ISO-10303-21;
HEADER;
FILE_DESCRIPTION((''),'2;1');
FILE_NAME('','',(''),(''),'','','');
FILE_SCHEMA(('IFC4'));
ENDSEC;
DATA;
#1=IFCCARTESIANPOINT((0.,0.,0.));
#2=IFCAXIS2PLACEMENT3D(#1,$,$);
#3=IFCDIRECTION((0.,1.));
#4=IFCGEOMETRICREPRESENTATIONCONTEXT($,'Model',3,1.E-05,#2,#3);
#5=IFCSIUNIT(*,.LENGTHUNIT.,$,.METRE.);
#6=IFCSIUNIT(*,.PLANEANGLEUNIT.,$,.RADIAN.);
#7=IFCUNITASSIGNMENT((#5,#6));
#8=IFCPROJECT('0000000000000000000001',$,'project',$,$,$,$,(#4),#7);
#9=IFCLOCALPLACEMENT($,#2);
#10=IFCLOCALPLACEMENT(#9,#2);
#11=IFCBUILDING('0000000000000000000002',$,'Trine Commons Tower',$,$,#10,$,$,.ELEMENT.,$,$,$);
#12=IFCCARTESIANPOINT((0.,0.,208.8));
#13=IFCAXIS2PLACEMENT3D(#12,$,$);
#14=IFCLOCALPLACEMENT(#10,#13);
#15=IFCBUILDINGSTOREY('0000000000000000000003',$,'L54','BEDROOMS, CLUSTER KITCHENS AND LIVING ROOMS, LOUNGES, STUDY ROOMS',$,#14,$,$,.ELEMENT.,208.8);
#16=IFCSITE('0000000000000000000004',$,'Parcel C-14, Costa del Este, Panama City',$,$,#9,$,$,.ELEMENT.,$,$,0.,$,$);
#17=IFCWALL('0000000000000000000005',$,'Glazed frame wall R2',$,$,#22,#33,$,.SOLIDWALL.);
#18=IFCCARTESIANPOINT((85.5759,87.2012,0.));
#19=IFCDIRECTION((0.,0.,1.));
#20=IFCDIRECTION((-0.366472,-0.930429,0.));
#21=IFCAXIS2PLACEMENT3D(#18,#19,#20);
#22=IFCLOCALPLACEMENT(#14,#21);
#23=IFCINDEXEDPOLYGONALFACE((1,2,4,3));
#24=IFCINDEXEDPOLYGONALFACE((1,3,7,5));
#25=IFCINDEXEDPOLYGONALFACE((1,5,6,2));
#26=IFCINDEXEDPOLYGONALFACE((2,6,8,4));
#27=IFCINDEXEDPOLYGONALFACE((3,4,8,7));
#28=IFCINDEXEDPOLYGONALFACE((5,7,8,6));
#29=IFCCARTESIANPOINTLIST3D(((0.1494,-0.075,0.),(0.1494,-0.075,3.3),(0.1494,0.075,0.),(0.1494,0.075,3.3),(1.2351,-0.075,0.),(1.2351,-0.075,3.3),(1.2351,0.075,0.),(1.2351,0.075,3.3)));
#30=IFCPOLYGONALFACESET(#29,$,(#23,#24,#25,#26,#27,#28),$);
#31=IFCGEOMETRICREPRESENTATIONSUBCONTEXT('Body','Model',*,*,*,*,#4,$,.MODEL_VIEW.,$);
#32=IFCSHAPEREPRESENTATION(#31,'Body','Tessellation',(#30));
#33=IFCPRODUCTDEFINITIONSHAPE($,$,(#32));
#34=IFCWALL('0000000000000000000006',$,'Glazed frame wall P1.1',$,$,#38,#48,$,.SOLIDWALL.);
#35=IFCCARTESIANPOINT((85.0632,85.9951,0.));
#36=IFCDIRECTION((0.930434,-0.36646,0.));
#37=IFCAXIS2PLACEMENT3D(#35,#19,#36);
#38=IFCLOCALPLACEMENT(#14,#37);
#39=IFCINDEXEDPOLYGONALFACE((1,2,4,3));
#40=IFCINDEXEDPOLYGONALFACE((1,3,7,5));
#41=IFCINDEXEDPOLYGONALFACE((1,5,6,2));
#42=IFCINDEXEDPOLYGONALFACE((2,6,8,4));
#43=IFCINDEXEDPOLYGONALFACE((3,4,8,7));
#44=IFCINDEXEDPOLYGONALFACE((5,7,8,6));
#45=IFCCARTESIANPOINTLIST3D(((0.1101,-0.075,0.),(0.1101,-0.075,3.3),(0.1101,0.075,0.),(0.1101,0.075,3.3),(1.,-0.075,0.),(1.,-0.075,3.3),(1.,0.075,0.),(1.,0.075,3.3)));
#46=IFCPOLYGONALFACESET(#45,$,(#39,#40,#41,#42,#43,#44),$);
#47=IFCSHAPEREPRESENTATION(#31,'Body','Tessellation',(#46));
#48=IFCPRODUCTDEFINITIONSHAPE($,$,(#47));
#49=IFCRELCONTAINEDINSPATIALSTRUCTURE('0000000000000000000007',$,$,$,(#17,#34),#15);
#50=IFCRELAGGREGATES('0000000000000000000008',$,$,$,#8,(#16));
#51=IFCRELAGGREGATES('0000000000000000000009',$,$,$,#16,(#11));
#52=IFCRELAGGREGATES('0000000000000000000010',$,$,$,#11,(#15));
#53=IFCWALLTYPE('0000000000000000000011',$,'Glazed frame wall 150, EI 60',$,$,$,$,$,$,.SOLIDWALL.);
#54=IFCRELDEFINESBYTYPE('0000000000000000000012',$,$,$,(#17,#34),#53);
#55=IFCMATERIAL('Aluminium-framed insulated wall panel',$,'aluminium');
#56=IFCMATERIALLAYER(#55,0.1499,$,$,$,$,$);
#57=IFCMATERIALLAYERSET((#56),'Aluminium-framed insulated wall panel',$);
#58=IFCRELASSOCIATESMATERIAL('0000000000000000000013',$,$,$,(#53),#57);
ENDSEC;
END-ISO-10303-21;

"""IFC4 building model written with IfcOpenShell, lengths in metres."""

from ifc_helpers import new_model, si_unit, direction, frame, origin, place, context, subcontext, project, spatial, polyline, outline, extrude, material, layer, layer_set, type_object, element, save


model = new_model("IFC4")

# Units and contexts
model_context = context("Model", 3, precision=1e-05, world=origin(), true_north=direction((0.0, 1.0)))
body_context = subcontext(model_context, "Body", "Model", "MODEL_VIEW")
ifc_project = project(units=[si_unit("LENGTHUNIT", "METRE"), si_unit("PLANEANGLEUNIT", "RADIAN")], contexts=[model_context])

# Site, building, storey
site_placement = place(None, origin())
site = spatial("IfcSite", under=ifc_project, at=site_placement, Name="Parcel C-14, Costa del Este, Panama City", CompositionType="ELEMENT", RefElevation=0.0)
building_placement = place(site_placement, origin())
building = spatial("IfcBuilding", under=site, at=building_placement, Name="Trine Commons Tower", CompositionType="ELEMENT")
storey_placement = place(building_placement, frame((0.0, 0.0, 208.8)))
storey = spatial("IfcBuildingStorey", under=building, at=storey_placement, Name="L54", Description="BEDROOMS, CLUSTER KITCHENS AND LIVING ROOMS, LOUNGES, STUDY ROOMS", CompositionType="ELEMENT", Elevation=208.8)

# Walls
ifc_material_1 = material(Name="Aluminium-framed insulated wall panel", Category="aluminium")
ifc_layer_1 = layer(ifc_material_1, 0.1499)
ifc_layer_set_1 = layer_set([ifc_layer_1], Name="Aluminium-framed insulated wall panel")
wall_type_1 = type_object("IfcWallType", Name="Glazed frame wall 150, EI 60", PredefinedType="SOLIDWALL", material=ifc_layer_set_1)
wall_1_placement = place(storey_placement, frame((85.5759, 87.2012, 0.0), z_axis=(0.0, 0.0, 1.0), x_axis=(-0.366472, -0.930429, 0.0)))
element("IfcWall", 1, at=wall_1_placement, inside=storey, type_object=wall_type_1, Name="Glazed frame wall R2", PredefinedType="SOLIDWALL", context=body_context, shape_type="SweptSolid", body=[
    extrude(outline(polyline([(0.1494, 0.075), (0.1494, -0.075), (1.2351, -0.075), (1.2351, 0.075), (0.1494, 0.075)])), origin(), (0.0, 0.0, 1.0), 3.3),
])
wall_2_placement = place(storey_placement, frame((85.0632, 85.9951, 0.0), z_axis=(0.0, 0.0, 1.0), x_axis=(0.930434, -0.36646, 0.0)))
element("IfcWall", 2, at=wall_2_placement, inside=storey, type_object=wall_type_1, Name="Glazed frame wall P1.1", PredefinedType="SOLIDWALL", context=body_context, shape_type="SweptSolid", body=[
    extrude(outline(polyline([(0.1101, -0.075), (1.0, -0.075), (1.0, 0.075), (0.1101, 0.075), (0.1101, -0.075)])), origin(), (0.0, 0.0, 1.0), 3.3),
])

save(model, "model.ifc")
